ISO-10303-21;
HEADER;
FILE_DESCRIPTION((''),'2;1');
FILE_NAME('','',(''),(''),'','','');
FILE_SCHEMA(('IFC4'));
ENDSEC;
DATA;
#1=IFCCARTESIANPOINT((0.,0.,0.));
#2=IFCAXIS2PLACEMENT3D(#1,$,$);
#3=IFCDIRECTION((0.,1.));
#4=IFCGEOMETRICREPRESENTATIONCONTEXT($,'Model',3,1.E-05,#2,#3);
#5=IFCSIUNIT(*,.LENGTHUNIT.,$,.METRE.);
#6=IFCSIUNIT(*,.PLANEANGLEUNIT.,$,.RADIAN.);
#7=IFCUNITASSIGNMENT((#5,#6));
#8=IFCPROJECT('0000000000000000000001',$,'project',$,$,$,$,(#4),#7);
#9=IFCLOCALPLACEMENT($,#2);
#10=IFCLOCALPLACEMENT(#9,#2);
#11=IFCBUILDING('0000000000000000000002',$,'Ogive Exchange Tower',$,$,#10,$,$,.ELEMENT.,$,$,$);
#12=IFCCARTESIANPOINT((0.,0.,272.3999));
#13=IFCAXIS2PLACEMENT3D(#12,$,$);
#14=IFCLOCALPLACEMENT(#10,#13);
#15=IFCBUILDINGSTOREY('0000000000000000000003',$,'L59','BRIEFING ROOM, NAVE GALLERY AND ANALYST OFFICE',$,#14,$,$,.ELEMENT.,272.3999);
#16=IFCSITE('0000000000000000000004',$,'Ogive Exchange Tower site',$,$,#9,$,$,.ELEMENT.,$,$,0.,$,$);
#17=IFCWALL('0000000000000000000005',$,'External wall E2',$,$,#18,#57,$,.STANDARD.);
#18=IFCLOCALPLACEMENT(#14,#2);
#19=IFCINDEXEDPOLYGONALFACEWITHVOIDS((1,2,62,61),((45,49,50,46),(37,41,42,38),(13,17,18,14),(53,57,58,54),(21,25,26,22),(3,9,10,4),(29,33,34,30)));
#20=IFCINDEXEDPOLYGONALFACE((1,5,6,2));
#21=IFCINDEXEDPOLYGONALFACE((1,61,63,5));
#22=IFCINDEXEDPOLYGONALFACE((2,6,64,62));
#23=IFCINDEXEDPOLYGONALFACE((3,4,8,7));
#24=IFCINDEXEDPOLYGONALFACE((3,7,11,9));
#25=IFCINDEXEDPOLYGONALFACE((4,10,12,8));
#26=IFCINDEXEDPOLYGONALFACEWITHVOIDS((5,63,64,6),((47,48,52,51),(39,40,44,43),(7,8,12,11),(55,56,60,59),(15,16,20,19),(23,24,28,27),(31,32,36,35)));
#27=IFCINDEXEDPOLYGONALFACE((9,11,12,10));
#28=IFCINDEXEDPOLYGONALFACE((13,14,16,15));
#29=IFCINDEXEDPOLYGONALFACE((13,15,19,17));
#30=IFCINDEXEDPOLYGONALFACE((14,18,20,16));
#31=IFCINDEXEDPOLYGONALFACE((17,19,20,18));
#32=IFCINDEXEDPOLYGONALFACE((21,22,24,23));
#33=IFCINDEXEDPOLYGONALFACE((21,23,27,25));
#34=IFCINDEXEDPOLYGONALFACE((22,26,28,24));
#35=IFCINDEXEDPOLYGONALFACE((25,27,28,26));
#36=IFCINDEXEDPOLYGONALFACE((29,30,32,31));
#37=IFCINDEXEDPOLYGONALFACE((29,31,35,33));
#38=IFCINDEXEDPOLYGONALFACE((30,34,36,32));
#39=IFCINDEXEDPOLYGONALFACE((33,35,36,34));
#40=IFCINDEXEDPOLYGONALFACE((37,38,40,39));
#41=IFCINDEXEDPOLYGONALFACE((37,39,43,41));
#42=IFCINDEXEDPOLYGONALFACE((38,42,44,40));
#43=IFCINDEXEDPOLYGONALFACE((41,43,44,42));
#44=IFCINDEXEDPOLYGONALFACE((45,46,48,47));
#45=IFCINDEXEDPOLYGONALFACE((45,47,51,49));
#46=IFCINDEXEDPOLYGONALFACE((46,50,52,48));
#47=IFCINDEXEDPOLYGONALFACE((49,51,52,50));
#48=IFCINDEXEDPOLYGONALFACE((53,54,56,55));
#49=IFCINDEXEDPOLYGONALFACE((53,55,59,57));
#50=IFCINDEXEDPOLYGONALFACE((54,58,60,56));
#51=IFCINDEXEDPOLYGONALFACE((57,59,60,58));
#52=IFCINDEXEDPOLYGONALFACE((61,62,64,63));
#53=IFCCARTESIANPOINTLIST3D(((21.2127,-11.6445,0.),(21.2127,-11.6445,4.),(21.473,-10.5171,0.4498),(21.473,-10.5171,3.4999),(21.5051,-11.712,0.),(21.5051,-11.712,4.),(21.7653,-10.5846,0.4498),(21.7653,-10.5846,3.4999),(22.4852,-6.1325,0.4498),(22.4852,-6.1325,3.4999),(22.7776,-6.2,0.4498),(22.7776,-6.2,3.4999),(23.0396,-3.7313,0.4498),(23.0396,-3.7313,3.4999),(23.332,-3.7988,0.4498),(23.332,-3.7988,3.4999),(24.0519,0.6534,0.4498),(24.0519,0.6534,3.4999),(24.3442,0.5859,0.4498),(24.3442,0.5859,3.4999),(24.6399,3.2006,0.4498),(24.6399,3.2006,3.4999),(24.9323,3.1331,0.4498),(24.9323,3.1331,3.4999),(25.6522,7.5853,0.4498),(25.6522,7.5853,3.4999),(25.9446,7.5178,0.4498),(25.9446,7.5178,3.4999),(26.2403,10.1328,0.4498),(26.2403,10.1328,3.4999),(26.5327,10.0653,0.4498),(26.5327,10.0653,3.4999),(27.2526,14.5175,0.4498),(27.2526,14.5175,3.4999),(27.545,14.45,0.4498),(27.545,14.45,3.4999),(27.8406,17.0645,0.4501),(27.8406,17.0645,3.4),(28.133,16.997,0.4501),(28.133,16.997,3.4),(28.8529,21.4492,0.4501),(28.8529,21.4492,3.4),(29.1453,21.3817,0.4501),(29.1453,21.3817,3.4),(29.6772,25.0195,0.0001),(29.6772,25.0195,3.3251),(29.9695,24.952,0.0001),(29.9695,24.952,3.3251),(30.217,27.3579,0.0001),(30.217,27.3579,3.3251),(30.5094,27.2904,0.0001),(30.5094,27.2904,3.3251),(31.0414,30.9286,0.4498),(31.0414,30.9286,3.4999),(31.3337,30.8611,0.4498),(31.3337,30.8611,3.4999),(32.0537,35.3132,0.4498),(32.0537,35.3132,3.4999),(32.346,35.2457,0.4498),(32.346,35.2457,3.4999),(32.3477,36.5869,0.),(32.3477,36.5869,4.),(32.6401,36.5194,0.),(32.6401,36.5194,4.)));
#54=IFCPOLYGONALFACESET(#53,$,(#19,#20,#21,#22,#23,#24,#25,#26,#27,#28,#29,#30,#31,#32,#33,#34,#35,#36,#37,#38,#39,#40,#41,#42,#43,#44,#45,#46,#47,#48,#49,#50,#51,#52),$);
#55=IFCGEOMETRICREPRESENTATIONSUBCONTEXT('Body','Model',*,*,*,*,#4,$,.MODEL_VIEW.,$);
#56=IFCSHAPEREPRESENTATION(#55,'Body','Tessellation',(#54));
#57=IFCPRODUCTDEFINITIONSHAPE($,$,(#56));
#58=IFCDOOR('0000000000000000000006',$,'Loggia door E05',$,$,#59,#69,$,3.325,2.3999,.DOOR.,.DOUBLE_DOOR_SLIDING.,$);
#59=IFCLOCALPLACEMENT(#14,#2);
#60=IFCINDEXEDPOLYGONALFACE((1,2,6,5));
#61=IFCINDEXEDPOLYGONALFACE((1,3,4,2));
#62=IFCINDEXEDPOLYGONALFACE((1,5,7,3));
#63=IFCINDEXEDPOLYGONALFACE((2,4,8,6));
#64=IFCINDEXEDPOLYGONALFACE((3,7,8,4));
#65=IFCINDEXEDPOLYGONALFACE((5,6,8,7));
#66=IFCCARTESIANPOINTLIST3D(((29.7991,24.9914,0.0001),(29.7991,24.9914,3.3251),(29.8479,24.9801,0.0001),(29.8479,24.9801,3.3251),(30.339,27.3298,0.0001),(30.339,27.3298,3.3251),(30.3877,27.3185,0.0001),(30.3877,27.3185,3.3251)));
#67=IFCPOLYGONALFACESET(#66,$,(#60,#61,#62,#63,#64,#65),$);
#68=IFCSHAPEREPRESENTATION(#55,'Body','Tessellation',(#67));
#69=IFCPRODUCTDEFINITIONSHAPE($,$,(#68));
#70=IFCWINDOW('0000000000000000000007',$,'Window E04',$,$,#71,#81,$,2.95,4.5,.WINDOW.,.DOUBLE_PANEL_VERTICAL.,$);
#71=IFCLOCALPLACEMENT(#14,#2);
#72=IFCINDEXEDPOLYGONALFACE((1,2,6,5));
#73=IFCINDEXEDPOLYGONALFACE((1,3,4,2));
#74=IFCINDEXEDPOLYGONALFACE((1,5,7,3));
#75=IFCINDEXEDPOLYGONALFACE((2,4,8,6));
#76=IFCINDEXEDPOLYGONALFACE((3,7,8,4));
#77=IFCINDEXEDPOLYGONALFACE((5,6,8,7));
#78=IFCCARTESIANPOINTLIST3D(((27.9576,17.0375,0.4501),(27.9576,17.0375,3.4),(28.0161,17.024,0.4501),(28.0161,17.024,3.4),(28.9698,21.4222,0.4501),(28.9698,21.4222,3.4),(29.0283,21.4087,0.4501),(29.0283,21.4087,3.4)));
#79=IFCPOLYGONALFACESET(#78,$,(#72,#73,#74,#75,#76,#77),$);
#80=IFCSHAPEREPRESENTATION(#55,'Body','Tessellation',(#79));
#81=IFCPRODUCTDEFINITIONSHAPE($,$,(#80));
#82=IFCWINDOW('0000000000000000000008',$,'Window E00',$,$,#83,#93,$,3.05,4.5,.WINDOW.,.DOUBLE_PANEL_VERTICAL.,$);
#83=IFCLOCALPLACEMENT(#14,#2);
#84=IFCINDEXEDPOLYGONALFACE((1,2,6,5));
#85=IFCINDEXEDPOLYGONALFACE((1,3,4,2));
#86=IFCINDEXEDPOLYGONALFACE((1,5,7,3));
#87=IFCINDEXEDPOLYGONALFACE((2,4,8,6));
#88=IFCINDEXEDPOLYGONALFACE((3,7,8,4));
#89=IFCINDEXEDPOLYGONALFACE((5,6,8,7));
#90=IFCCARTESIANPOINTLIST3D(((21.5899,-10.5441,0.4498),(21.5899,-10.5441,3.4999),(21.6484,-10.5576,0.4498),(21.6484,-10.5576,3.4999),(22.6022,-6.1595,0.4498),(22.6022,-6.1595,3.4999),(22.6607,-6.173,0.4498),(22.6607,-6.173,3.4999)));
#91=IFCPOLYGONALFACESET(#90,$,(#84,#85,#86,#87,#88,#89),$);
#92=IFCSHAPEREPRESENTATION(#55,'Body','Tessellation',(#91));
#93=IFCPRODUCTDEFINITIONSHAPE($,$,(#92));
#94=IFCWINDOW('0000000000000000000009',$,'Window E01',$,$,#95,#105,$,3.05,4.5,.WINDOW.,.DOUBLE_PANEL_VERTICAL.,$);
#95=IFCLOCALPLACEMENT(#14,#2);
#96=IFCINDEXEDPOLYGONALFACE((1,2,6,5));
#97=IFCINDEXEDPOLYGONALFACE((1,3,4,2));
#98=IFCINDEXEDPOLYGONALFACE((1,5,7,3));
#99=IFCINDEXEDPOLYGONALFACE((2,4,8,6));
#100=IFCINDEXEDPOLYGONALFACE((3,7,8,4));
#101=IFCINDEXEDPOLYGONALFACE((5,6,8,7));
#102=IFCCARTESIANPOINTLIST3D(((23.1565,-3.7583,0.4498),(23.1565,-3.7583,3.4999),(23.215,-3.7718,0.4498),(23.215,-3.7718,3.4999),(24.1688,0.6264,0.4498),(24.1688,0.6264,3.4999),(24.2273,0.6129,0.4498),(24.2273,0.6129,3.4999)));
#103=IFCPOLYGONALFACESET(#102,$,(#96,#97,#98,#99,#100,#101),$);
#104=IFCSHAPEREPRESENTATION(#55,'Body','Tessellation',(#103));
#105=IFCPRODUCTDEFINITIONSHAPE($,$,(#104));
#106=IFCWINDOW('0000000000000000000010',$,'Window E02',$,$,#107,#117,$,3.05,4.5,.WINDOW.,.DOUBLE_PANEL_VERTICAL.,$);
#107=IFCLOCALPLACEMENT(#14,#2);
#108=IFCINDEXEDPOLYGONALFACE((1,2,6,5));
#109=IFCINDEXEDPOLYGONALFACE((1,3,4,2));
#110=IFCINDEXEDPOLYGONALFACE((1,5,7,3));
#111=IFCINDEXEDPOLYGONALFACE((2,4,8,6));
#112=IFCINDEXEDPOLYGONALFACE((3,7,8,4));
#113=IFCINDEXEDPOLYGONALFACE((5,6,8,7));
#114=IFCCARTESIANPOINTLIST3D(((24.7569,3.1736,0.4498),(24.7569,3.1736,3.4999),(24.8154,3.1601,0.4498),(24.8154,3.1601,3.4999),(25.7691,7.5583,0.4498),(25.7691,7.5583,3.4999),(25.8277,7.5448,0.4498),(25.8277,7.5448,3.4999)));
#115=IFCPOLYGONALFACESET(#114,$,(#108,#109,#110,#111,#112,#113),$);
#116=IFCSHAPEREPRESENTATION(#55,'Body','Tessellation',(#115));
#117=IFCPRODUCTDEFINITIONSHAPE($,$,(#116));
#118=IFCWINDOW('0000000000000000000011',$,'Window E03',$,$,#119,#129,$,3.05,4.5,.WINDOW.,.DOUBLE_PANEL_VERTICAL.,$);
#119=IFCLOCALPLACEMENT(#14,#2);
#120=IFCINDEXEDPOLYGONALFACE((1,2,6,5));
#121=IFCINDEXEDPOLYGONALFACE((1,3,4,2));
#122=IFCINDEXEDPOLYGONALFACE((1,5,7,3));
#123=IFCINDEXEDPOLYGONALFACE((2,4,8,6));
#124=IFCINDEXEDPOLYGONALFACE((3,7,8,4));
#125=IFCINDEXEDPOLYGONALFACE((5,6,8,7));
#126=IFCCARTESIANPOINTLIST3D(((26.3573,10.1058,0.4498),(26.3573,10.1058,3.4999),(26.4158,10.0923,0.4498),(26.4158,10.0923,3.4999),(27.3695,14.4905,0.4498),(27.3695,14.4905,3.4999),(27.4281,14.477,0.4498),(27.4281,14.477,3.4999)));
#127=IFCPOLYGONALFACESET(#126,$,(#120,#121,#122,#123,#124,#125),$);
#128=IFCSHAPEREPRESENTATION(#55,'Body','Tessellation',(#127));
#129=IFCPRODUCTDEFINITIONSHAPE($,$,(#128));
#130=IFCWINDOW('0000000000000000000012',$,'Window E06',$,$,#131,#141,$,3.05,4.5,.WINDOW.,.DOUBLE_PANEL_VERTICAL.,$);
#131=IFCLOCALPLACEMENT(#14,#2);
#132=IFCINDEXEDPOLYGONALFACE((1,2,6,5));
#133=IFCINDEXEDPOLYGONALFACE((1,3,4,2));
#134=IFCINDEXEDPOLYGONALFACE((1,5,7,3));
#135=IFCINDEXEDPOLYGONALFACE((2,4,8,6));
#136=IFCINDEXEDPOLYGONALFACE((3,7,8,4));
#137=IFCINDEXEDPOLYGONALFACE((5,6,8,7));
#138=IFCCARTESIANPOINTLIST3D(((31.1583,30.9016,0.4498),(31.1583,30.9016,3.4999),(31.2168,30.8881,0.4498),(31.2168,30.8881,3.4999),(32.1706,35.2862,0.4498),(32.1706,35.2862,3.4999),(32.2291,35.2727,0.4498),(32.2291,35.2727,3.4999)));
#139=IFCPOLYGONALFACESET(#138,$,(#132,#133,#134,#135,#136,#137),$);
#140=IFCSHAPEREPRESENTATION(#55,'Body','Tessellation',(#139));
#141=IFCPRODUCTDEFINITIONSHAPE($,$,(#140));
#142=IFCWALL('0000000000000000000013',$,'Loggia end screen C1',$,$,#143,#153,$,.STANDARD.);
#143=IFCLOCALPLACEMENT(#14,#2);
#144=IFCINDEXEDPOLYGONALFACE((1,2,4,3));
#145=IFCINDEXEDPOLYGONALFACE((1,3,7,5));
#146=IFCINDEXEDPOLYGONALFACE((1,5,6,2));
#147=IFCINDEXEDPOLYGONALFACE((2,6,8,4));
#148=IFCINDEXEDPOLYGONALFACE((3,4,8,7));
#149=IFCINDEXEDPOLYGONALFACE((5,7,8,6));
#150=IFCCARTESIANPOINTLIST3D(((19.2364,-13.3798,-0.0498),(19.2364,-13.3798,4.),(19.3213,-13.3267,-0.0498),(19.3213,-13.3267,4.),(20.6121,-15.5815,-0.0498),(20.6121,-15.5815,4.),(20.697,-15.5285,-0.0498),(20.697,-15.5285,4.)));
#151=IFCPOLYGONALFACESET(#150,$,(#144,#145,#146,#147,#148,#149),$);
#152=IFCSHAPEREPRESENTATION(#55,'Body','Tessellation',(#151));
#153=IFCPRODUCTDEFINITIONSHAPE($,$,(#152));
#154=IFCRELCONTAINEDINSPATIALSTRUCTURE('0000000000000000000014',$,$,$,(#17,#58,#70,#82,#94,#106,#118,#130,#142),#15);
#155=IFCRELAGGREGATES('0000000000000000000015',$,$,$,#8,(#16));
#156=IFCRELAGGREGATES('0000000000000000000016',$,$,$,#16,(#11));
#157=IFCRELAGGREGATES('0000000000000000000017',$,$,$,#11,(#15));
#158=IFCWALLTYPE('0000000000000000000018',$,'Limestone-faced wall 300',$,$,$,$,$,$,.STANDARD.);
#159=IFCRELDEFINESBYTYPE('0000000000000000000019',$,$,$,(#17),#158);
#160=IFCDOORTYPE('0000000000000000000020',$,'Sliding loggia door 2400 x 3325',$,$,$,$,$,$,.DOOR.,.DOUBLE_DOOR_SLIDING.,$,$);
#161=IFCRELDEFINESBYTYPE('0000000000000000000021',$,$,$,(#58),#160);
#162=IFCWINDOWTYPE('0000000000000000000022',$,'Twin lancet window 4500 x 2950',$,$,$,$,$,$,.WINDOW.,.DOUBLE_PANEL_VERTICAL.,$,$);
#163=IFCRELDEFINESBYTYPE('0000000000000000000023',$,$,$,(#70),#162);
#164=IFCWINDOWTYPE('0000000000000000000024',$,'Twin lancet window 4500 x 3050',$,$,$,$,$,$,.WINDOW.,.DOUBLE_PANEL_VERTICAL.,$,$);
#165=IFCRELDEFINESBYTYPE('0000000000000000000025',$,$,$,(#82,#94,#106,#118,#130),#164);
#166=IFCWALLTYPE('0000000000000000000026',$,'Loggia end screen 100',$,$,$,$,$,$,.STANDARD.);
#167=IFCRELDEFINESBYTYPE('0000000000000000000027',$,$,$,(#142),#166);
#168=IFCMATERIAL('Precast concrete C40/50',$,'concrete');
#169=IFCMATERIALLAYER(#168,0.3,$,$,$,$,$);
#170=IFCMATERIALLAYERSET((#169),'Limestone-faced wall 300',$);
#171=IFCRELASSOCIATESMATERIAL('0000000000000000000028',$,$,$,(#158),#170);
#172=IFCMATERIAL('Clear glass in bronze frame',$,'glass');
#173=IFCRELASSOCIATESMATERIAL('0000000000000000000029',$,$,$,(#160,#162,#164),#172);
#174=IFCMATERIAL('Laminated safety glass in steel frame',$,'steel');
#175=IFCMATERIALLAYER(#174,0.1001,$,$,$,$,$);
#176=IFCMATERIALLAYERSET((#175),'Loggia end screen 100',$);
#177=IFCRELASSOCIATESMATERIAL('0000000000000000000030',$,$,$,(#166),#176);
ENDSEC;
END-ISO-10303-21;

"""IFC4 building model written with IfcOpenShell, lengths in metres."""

from ifc_helpers import new_model, si_unit, direction, frame, frame_2d, origin, place, context, subcontext, project, spatial, rectangle, extrude, material, layer, layer_set, type_object, element, fill, save


model = new_model("IFC4")

# Units and contexts
model_context = context("Model", 3, precision=1e-05, world=origin(), true_north=direction((0.0, 1.0)))
body_context = subcontext(model_context, "Body", "Model", "MODEL_VIEW")
ifc_project = project(units=[si_unit("LENGTHUNIT", "METRE"), si_unit("PLANEANGLEUNIT", "RADIAN")], contexts=[model_context])

# Site, building, storey
site_placement = place(None, origin())
site = spatial("IfcSite", under=ifc_project, at=site_placement, Name="Ogive Exchange Tower site", CompositionType="ELEMENT", RefElevation=0.0)
building_placement = place(site_placement, origin())
building = spatial("IfcBuilding", under=site, at=building_placement, Name="Ogive Exchange Tower", CompositionType="ELEMENT")
storey_placement = place(building_placement, frame((0.0, 0.0, 272.3999)))
storey = spatial("IfcBuildingStorey", under=building, at=storey_placement, Name="L59", Description="BRIEFING ROOM, NAVE GALLERY AND ANALYST OFFICE", CompositionType="ELEMENT", Elevation=272.3999)

# Wall, openings, door, windows
ifc_material_1 = material(Name="Precast concrete C40/50", Category="concrete")
ifc_layer_1 = layer(ifc_material_1, 0.3)
ifc_layer_set_1 = layer_set([ifc_layer_1], Name="Limestone-faced wall 300")
wall_type_1 = type_object("IfcWallType", Name="Limestone-faced wall 300", PredefinedType="STANDARD", material=ifc_layer_set_1)
wall_1_placement = place(storey_placement, frame((21.3589, -11.6782, 0.0), z_axis=(0.0, 0.0, 1.0), x_axis=(0.224949, 0.97437, 0.0)))
wall_1 = element("IfcWall", 1, at=wall_1_placement, inside=storey, type_object=wall_type_1, Name="External wall E2", PredefinedType="STANDARD", context=body_context, shape_type="SweptSolid", body=[
    extrude(rectangle(XDim=49.5, YDim=0.3, at=frame_2d((24.75, 0.0))), origin(), (0.0, 0.0, 1.0), 4.0),
])
opening_1_placement = place(wall_1_placement, frame((1.157, 0.0, 0.45)))
opening_1 = element("IfcOpeningElement", 2, at=opening_1_placement, cuts=wall_1, PredefinedType="OPENING", context=body_context, shape_type="SweptSolid", body=[
    extrude(rectangle(XDim=4.5, YDim=3.05, at=frame_2d((2.25, 1.5249))), frame((0.0, 0.1599, 0.0), z_axis=(0.0, -1.0, 0.0), x_axis=(1.0, 0.0, 0.0)), (0.0, 0.0, 1.0), 0.3201),
])
opening_2_placement = place(wall_1_placement, frame((8.1213, 0.0, 0.45)))
opening_2 = element("IfcOpeningElement", 3, at=opening_2_placement, cuts=wall_1, PredefinedType="OPENING", context=body_context, shape_type="SweptSolid", body=[
    extrude(rectangle(XDim=4.5, YDim=3.05, at=frame_2d((2.25, 1.5249))), frame((0.0, 0.1599, 0.0), z_axis=(0.0, -1.0, 0.0), x_axis=(1.0, 0.0, 0.0)), (0.0, 0.0, 1.0), 0.3201),
])
opening_3_placement = place(wall_1_placement, frame((15.2356, 0.0, 0.45)))
opening_3 = element("IfcOpeningElement", 4, at=opening_3_placement, cuts=wall_1, PredefinedType="OPENING", context=body_context, shape_type="SweptSolid", body=[
    extrude(rectangle(XDim=4.5, YDim=3.05, at=frame_2d((2.25, 1.5249))), frame((0.0, 0.1599, 0.0), z_axis=(0.0, -1.0, 0.0), x_axis=(1.0, 0.0, 0.0)), (0.0, 0.0, 1.0), 0.3201),
])
opening_4_placement = place(wall_1_placement, frame((22.3501, 0.0, 0.45)))
opening_4 = element("IfcOpeningElement", 5, at=opening_4_placement, cuts=wall_1, PredefinedType="OPENING", context=body_context, shape_type="SweptSolid", body=[
    extrude(rectangle(XDim=4.5, YDim=3.05, at=frame_2d((2.25, 1.5249))), frame((0.0, 0.1599, 0.0), z_axis=(0.0, -1.0, 0.0), x_axis=(1.0, 0.0, 0.0)), (0.0, 0.0, 1.0), 0.3201),
])
opening_5_placement = place(wall_1_placement, frame((29.4641, 0.0, 0.45)))
opening_5 = element("IfcOpeningElement", 6, at=opening_5_placement, cuts=wall_1, PredefinedType="OPENING", context=body_context, shape_type="SweptSolid", body=[
    extrude(rectangle(XDim=4.5, YDim=2.95, at=frame_2d((2.25, 1.4751))), frame((0.0, 0.1599, 0.0), z_axis=(0.0, -1.0, 0.0), x_axis=(1.0, 0.0, 0.0)), (0.0, 0.0, 1.0), 0.3201),
])
opening_6_placement = place(wall_1_placement, frame((37.6284, 0.0, 0.0)))
opening_6 = element("IfcOpeningElement", 7, at=opening_6_placement, cuts=wall_1, PredefinedType="OPENING", context=body_context, shape_type="SweptSolid", body=[
    extrude(rectangle(XDim=2.3999, YDim=3.325, at=frame_2d((1.2, 1.6626))), frame((0.0, 0.1599, 0.0), z_axis=(0.0, -1.0, 0.0), x_axis=(1.0, 0.0, 0.0)), (0.0, 0.0, 1.0), 0.3201),
])
opening_7_placement = place(wall_1_placement, frame((43.6929, 0.0, 0.45)))
opening_7 = element("IfcOpeningElement", 8, at=opening_7_placement, cuts=wall_1, PredefinedType="OPENING", context=body_context, shape_type="SweptSolid", body=[
    extrude(rectangle(XDim=4.5, YDim=3.05, at=frame_2d((2.25, 1.5249))), frame((0.0, 0.1599, 0.0), z_axis=(0.0, -1.0, 0.0), x_axis=(1.0, 0.0, 0.0)), (0.0, 0.0, 1.0), 0.3201),
])
ifc_material_2 = material(Name="Clear glass in bronze frame", Category="glass")
door_type_1 = type_object("IfcDoorType", Name="Sliding loggia door 2400 x 3325", OperationType="DOUBLE_DOOR_SLIDING", PredefinedType="DOOR", material=ifc_material_2)
door_1_placement = place(opening_6_placement, origin())
door_1 = element("IfcDoor", 9, at=door_1_placement, inside=storey, type_object=door_type_1, Name="Loggia door E05", OperationType="DOUBLE_DOOR_SLIDING", OverallHeight=3.325, OverallWidth=2.3999, PredefinedType="DOOR", context=body_context, shape_type="SweptSolid", body=[
    extrude(rectangle(XDim=2.3999, YDim=3.325, at=frame_2d((1.2, 1.6626))), frame((0.0, 0.0249, 0.0), z_axis=(0.0, -1.0, 0.0), x_axis=(1.0, 0.0, 0.0)), (0.0, 0.0, 1.0), 0.05),
])
fill(opening_6, door_1)
window_type_1 = type_object("IfcWindowType", Name="Twin lancet window 4500 x 2950", PartitioningType="DOUBLE_PANEL_VERTICAL", PredefinedType="WINDOW", material=ifc_material_2)
window_1_placement = place(opening_5_placement, origin())
window_1 = element("IfcWindow", 10, at=window_1_placement, inside=storey, type_object=window_type_1, Name="Window E04", OverallHeight=2.95, OverallWidth=4.5, PartitioningType="DOUBLE_PANEL_VERTICAL", PredefinedType="WINDOW", context=body_context, shape_type="SweptSolid", body=[
    extrude(rectangle(XDim=4.5, YDim=2.95, at=frame_2d((2.25, 1.4751))), frame((0.0, 0.03, 0.0), z_axis=(0.0, -1.0, 0.0), x_axis=(1.0, 0.0, 0.0)), (0.0, 0.0, 1.0), 0.0601),
])
fill(opening_5, window_1)
window_type_2 = type_object("IfcWindowType", Name="Twin lancet window 4500 x 3050", PartitioningType="DOUBLE_PANEL_VERTICAL", PredefinedType="WINDOW", material=ifc_material_2)
window_2_placement = place(opening_1_placement, origin())
window_2 = element("IfcWindow", 11, at=window_2_placement, inside=storey, type_object=window_type_2, Name="Window E00", OverallHeight=3.05, OverallWidth=4.5, PartitioningType="DOUBLE_PANEL_VERTICAL", PredefinedType="WINDOW", context=body_context, shape_type="SweptSolid", body=[
    extrude(rectangle(XDim=4.5, YDim=3.05, at=frame_2d((2.25, 1.5249))), frame((0.0, 0.03, 0.0), z_axis=(0.0, -1.0, 0.0), x_axis=(1.0, 0.0, 0.0)), (0.0, 0.0, 1.0), 0.0601),
])
fill(opening_1, window_2)
window_3_placement = place(opening_2_placement, origin())
window_3 = element("IfcWindow", 12, at=window_3_placement, inside=storey, type_object=window_type_2, Name="Window E01", OverallHeight=3.05, OverallWidth=4.5, PartitioningType="DOUBLE_PANEL_VERTICAL", PredefinedType="WINDOW", context=body_context, shape_type="SweptSolid", body=[
    extrude(rectangle(XDim=4.5, YDim=3.05, at=frame_2d((2.25, 1.5249))), frame((0.0, 0.03, 0.0), z_axis=(0.0, -1.0, 0.0), x_axis=(1.0, 0.0, 0.0)), (0.0, 0.0, 1.0), 0.0601),
])
fill(opening_2, window_3)
window_4_placement = place(opening_3_placement, origin())
window_4 = element("IfcWindow", 13, at=window_4_placement, inside=storey, type_object=window_type_2, Name="Window E02", OverallHeight=3.05, OverallWidth=4.5, PartitioningType="DOUBLE_PANEL_VERTICAL", PredefinedType="WINDOW", context=body_context, shape_type="SweptSolid", body=[
    extrude(rectangle(XDim=4.5, YDim=3.05, at=frame_2d((2.25, 1.5249))), frame((0.0, 0.03, 0.0), z_axis=(0.0, -1.0, 0.0), x_axis=(1.0, 0.0, 0.0)), (0.0, 0.0, 1.0), 0.0601),
])
fill(opening_3, window_4)
window_5_placement = place(opening_4_placement, origin())
window_5 = element("IfcWindow", 14, at=window_5_placement, inside=storey, type_object=window_type_2, Name="Window E03", OverallHeight=3.05, OverallWidth=4.5, PartitioningType="DOUBLE_PANEL_VERTICAL", PredefinedType="WINDOW", context=body_context, shape_type="SweptSolid", body=[
    extrude(rectangle(XDim=4.5, YDim=3.05, at=frame_2d((2.25, 1.5249))), frame((0.0, 0.03, 0.0), z_axis=(0.0, -1.0, 0.0), x_axis=(1.0, 0.0, 0.0)), (0.0, 0.0, 1.0), 0.0601),
])
fill(opening_4, window_5)
window_6_placement = place(opening_7_placement, origin())
window_6 = element("IfcWindow", 15, at=window_6_placement, inside=storey, type_object=window_type_2, Name="Window E06", OverallHeight=3.05, OverallWidth=4.5, PartitioningType="DOUBLE_PANEL_VERTICAL", PredefinedType="WINDOW", context=body_context, shape_type="SweptSolid", body=[
    extrude(rectangle(XDim=4.5, YDim=3.05, at=frame_2d((2.25, 1.5249))), frame((0.0, 0.03, 0.0), z_axis=(0.0, -1.0, 0.0), x_axis=(1.0, 0.0, 0.0)), (0.0, 0.0, 1.0), 0.0601),
])
fill(opening_7, window_6)

# Wall
ifc_material_3 = material(Name="Laminated safety glass in steel frame", Category="steel")
ifc_layer_2 = layer(ifc_material_3, 0.1001)
ifc_layer_set_2 = layer_set([ifc_layer_2], Name="Loggia end screen 100")
wall_type_2 = type_object("IfcWallType", Name="Loggia end screen 100", PredefinedType="STANDARD", material=ifc_layer_set_2)
wall_2_placement = place(storey_placement, frame((19.2788, -13.3533, -0.0498), z_axis=(0.0, 0.0, 1.0), x_axis=(0.529914, -0.848051, 0.0)))
element("IfcWall", 16, at=wall_2_placement, inside=storey, type_object=wall_type_2, Name="Loggia end screen C1", PredefinedType="STANDARD", context=body_context, shape_type="SweptSolid", body=[
    extrude(rectangle(XDim=2.5962, YDim=0.1001, at=frame_2d((1.2981, 0.0))), origin(), (0.0, 0.0, 1.0), 4.0498),
])

save(model, "model.ifc")
